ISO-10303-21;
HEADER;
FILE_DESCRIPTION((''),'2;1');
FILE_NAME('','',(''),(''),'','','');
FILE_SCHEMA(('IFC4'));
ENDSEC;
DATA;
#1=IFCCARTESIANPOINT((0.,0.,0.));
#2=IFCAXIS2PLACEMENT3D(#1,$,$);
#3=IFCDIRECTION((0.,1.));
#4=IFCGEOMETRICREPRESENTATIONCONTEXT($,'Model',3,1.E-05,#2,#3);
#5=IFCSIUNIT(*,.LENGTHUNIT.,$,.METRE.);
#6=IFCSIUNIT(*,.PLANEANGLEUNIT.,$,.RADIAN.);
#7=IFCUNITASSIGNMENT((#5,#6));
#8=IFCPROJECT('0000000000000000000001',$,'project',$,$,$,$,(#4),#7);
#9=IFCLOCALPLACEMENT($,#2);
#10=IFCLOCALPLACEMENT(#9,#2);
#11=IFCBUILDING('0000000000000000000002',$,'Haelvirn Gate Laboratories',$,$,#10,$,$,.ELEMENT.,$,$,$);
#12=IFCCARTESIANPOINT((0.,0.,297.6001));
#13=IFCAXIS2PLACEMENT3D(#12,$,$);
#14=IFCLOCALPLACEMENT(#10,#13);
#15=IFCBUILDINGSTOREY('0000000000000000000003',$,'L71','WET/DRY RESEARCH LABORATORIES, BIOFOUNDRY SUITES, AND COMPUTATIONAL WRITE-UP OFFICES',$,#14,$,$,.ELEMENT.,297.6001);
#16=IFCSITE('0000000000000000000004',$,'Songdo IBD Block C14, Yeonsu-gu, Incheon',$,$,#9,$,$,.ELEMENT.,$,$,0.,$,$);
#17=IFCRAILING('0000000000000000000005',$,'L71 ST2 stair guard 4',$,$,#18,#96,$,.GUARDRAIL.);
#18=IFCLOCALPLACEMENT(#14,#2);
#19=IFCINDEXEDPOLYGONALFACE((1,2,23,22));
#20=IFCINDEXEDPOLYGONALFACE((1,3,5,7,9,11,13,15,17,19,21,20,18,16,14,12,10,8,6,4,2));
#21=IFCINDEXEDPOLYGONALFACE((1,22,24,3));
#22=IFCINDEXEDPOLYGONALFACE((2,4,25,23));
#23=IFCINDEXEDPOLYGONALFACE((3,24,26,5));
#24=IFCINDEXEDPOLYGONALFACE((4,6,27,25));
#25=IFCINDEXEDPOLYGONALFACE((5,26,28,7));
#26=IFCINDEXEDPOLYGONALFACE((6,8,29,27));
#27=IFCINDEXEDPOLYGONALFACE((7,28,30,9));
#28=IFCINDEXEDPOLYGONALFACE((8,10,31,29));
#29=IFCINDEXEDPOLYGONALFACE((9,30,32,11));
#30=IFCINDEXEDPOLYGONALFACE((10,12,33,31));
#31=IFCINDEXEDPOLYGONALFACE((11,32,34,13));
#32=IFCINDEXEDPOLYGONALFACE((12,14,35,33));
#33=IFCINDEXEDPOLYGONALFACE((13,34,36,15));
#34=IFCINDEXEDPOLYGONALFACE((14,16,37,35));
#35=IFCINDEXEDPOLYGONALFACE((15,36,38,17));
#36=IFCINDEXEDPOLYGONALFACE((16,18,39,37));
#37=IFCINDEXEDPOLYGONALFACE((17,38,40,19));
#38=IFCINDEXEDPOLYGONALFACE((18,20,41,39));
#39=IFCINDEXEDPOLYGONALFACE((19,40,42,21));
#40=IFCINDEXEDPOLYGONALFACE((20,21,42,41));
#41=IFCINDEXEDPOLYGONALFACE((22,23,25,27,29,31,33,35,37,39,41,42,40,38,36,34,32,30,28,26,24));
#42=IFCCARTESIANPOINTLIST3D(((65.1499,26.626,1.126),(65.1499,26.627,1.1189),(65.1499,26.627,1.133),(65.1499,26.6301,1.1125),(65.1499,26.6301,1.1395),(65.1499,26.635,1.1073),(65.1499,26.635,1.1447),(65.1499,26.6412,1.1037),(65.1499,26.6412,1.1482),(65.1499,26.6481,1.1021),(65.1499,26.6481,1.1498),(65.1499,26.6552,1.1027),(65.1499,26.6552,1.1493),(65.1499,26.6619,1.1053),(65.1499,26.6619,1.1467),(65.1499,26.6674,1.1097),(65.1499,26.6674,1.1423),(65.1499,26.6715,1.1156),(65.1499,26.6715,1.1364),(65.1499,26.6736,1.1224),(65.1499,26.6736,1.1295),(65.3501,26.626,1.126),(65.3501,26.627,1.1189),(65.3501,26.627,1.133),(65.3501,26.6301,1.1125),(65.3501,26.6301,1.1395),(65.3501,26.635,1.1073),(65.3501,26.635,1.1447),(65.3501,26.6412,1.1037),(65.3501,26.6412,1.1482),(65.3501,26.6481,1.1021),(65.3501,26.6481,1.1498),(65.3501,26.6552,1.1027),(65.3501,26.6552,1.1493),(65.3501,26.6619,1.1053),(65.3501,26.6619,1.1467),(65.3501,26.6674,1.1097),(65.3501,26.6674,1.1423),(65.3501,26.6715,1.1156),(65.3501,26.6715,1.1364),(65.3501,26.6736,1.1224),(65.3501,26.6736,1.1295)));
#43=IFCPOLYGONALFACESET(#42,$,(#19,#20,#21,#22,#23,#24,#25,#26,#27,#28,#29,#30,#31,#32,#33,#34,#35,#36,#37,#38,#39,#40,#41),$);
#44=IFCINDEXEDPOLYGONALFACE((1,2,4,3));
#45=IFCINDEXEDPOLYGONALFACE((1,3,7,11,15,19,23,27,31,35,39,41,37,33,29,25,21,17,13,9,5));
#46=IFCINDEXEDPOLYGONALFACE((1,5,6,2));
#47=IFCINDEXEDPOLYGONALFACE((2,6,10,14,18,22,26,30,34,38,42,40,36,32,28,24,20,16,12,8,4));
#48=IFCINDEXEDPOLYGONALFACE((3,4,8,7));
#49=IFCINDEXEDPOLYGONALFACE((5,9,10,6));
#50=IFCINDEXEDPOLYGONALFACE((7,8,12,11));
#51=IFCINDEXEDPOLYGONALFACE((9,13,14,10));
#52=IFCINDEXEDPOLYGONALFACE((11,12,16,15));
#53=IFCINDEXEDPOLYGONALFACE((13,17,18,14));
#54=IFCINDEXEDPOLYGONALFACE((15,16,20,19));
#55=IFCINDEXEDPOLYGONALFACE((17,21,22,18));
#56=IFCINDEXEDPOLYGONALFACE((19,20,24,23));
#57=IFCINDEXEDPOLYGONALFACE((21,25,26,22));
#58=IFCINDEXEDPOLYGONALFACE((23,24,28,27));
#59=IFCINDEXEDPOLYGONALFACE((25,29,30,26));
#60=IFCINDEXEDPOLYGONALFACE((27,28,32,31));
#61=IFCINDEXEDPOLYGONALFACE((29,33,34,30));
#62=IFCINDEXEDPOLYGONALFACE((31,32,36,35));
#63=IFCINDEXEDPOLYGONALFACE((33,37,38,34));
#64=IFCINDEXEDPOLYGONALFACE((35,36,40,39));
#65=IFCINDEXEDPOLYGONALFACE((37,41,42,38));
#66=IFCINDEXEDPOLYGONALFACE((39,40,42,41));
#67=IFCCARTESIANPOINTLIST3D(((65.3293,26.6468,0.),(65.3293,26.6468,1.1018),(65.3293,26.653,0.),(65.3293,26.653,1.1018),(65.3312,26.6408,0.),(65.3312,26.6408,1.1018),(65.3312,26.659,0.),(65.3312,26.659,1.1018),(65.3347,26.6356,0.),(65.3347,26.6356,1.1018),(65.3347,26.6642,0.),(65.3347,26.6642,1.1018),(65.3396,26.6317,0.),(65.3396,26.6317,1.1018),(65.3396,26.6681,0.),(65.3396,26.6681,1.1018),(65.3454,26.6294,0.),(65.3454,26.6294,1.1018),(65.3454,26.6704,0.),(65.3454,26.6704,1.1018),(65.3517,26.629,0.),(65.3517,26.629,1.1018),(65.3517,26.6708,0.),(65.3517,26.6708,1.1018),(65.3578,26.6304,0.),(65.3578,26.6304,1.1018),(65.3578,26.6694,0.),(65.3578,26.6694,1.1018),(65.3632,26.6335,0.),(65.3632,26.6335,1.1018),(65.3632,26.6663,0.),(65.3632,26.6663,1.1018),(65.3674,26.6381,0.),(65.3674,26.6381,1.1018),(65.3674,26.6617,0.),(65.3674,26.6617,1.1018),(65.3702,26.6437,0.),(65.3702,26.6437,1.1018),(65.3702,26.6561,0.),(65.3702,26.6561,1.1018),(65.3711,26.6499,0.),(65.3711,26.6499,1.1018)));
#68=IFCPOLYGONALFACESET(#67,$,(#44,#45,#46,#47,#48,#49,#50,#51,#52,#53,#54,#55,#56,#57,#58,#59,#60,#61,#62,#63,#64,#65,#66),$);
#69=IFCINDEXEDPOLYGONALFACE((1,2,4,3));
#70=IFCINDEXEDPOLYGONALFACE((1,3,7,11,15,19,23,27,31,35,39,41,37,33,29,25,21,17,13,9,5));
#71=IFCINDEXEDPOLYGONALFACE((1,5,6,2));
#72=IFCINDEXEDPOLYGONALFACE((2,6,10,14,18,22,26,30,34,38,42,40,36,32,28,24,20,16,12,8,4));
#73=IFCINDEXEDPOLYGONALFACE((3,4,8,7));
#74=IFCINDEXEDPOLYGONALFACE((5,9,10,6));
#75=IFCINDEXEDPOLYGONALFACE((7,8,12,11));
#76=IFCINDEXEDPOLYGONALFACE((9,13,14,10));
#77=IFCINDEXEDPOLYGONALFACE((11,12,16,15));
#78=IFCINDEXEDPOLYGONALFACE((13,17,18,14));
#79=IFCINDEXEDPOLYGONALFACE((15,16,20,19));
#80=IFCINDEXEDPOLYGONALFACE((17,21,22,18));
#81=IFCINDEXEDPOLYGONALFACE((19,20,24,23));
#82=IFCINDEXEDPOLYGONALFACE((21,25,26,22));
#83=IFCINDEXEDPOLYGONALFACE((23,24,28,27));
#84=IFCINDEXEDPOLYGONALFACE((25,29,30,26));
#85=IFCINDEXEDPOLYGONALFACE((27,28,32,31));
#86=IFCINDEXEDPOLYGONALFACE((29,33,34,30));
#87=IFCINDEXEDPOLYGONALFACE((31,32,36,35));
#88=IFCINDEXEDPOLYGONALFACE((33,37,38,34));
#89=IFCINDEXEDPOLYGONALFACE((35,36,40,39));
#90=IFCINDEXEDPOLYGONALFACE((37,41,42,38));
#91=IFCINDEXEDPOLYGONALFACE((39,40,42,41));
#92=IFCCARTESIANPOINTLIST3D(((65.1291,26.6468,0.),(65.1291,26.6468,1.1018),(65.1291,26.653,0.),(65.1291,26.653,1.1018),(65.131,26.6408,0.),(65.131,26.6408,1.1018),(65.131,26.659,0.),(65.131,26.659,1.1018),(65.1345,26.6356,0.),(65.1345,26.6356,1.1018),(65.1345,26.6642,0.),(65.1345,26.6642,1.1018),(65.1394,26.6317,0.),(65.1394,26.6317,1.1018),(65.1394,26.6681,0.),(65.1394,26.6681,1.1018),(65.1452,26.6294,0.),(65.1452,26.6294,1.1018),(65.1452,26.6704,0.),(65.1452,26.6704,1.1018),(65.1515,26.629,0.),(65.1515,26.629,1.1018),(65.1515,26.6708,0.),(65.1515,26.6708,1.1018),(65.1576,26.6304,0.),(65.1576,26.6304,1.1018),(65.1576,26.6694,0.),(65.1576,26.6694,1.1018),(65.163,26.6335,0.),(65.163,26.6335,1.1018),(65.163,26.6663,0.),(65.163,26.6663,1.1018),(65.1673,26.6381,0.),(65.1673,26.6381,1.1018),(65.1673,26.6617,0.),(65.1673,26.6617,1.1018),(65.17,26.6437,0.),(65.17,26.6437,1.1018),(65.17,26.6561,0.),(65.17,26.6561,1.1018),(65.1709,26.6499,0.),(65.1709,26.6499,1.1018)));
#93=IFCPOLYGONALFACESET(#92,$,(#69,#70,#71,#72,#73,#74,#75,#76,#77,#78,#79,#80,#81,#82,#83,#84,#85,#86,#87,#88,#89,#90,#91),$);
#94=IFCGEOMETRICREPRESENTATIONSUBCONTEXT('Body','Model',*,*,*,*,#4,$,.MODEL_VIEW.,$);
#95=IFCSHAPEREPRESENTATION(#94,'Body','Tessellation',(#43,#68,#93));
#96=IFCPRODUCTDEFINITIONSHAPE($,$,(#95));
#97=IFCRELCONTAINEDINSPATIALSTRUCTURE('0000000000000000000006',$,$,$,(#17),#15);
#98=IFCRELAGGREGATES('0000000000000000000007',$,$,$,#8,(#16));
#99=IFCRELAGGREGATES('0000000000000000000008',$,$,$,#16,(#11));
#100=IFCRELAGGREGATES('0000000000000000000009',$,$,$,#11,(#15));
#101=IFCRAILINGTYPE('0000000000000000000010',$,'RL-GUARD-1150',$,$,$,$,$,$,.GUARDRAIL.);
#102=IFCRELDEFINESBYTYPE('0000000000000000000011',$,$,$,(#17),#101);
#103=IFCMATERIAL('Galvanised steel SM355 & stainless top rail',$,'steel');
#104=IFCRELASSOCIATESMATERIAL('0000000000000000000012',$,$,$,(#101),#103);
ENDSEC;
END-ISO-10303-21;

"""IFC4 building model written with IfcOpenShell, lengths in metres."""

from ifc_helpers import new_model, si_unit, direction, frame, origin, origin_2d, place, context, subcontext, project, spatial, circle, extrude, source, transform, mapped, material, type_object, element, save


model = new_model("IFC4")

# Units and contexts
model_context = context("Model", 3, precision=1e-05, world=origin(), true_north=direction((0.0, 1.0)))
body_context = subcontext(model_context, "Body", "Model", "MODEL_VIEW")
ifc_project = project(units=[si_unit("LENGTHUNIT", "METRE"), si_unit("PLANEANGLEUNIT", "RADIAN")], contexts=[model_context])

# Site, building, storey
site_placement = place(None, origin())
site = spatial("IfcSite", under=ifc_project, at=site_placement, Name="Songdo IBD Block C14, Yeonsu-gu, Incheon", CompositionType="ELEMENT", RefElevation=0.0)
building_placement = place(site_placement, origin())
building = spatial("IfcBuilding", under=site, at=building_placement, Name="Haelvirn Gate Laboratories", CompositionType="ELEMENT")
storey_placement = place(building_placement, frame((0.0, 0.0, 297.6001)))
storey = spatial("IfcBuildingStorey", under=building, at=storey_placement, Name="L71", Description="WET/DRY RESEARCH LABORATORIES, BIOFOUNDRY SUITES, AND COMPUTATIONAL WRITE-UP OFFICES", CompositionType="ELEMENT", Elevation=297.6001)

# Railing
ifc_material_1 = material(Name="Galvanised steel SM355 & stainless top rail", Category="steel")
railing_type_1 = type_object("IfcRailingType", Name="RL-GUARD-1150", PredefinedType="GUARDRAIL", material=ifc_material_1)
shared_shape_1 = source(origin(), body_context, "Body", "SweptSolid", [
    extrude(circle(Radius=0.0239, at=origin_2d()), frame((0.0, 0.0, 1.126), z_axis=(-1.0, 0.0, 0.0), x_axis=(0.0, -1.0, 0.0)), (0.0, 0.0, 1.0), 0.2002),
    extrude(circle(Radius=0.021, at=origin_2d()), origin(), (0.0, 0.0, 1.0), 1.1018),
    extrude(circle(Radius=0.021, at=origin_2d()), frame((-0.2002, 0.0, 0.0)), (0.0, 0.0, 1.0), 1.1018),
])
railing_1_placement = place(storey_placement, frame((65.3501, 26.6499, 0.0)))
element("IfcRailing", 1, at=railing_1_placement, inside=storey, type_object=railing_type_1, Name="L71 ST2 stair guard 4", PredefinedType="GUARDRAIL", context=body_context, shape_type="MappedRepresentation", body=[
    mapped(shared_shape_1, transform((0.0, 0.0, 0.0), scale=1.0)),
])

save(model, "model.ifc")
